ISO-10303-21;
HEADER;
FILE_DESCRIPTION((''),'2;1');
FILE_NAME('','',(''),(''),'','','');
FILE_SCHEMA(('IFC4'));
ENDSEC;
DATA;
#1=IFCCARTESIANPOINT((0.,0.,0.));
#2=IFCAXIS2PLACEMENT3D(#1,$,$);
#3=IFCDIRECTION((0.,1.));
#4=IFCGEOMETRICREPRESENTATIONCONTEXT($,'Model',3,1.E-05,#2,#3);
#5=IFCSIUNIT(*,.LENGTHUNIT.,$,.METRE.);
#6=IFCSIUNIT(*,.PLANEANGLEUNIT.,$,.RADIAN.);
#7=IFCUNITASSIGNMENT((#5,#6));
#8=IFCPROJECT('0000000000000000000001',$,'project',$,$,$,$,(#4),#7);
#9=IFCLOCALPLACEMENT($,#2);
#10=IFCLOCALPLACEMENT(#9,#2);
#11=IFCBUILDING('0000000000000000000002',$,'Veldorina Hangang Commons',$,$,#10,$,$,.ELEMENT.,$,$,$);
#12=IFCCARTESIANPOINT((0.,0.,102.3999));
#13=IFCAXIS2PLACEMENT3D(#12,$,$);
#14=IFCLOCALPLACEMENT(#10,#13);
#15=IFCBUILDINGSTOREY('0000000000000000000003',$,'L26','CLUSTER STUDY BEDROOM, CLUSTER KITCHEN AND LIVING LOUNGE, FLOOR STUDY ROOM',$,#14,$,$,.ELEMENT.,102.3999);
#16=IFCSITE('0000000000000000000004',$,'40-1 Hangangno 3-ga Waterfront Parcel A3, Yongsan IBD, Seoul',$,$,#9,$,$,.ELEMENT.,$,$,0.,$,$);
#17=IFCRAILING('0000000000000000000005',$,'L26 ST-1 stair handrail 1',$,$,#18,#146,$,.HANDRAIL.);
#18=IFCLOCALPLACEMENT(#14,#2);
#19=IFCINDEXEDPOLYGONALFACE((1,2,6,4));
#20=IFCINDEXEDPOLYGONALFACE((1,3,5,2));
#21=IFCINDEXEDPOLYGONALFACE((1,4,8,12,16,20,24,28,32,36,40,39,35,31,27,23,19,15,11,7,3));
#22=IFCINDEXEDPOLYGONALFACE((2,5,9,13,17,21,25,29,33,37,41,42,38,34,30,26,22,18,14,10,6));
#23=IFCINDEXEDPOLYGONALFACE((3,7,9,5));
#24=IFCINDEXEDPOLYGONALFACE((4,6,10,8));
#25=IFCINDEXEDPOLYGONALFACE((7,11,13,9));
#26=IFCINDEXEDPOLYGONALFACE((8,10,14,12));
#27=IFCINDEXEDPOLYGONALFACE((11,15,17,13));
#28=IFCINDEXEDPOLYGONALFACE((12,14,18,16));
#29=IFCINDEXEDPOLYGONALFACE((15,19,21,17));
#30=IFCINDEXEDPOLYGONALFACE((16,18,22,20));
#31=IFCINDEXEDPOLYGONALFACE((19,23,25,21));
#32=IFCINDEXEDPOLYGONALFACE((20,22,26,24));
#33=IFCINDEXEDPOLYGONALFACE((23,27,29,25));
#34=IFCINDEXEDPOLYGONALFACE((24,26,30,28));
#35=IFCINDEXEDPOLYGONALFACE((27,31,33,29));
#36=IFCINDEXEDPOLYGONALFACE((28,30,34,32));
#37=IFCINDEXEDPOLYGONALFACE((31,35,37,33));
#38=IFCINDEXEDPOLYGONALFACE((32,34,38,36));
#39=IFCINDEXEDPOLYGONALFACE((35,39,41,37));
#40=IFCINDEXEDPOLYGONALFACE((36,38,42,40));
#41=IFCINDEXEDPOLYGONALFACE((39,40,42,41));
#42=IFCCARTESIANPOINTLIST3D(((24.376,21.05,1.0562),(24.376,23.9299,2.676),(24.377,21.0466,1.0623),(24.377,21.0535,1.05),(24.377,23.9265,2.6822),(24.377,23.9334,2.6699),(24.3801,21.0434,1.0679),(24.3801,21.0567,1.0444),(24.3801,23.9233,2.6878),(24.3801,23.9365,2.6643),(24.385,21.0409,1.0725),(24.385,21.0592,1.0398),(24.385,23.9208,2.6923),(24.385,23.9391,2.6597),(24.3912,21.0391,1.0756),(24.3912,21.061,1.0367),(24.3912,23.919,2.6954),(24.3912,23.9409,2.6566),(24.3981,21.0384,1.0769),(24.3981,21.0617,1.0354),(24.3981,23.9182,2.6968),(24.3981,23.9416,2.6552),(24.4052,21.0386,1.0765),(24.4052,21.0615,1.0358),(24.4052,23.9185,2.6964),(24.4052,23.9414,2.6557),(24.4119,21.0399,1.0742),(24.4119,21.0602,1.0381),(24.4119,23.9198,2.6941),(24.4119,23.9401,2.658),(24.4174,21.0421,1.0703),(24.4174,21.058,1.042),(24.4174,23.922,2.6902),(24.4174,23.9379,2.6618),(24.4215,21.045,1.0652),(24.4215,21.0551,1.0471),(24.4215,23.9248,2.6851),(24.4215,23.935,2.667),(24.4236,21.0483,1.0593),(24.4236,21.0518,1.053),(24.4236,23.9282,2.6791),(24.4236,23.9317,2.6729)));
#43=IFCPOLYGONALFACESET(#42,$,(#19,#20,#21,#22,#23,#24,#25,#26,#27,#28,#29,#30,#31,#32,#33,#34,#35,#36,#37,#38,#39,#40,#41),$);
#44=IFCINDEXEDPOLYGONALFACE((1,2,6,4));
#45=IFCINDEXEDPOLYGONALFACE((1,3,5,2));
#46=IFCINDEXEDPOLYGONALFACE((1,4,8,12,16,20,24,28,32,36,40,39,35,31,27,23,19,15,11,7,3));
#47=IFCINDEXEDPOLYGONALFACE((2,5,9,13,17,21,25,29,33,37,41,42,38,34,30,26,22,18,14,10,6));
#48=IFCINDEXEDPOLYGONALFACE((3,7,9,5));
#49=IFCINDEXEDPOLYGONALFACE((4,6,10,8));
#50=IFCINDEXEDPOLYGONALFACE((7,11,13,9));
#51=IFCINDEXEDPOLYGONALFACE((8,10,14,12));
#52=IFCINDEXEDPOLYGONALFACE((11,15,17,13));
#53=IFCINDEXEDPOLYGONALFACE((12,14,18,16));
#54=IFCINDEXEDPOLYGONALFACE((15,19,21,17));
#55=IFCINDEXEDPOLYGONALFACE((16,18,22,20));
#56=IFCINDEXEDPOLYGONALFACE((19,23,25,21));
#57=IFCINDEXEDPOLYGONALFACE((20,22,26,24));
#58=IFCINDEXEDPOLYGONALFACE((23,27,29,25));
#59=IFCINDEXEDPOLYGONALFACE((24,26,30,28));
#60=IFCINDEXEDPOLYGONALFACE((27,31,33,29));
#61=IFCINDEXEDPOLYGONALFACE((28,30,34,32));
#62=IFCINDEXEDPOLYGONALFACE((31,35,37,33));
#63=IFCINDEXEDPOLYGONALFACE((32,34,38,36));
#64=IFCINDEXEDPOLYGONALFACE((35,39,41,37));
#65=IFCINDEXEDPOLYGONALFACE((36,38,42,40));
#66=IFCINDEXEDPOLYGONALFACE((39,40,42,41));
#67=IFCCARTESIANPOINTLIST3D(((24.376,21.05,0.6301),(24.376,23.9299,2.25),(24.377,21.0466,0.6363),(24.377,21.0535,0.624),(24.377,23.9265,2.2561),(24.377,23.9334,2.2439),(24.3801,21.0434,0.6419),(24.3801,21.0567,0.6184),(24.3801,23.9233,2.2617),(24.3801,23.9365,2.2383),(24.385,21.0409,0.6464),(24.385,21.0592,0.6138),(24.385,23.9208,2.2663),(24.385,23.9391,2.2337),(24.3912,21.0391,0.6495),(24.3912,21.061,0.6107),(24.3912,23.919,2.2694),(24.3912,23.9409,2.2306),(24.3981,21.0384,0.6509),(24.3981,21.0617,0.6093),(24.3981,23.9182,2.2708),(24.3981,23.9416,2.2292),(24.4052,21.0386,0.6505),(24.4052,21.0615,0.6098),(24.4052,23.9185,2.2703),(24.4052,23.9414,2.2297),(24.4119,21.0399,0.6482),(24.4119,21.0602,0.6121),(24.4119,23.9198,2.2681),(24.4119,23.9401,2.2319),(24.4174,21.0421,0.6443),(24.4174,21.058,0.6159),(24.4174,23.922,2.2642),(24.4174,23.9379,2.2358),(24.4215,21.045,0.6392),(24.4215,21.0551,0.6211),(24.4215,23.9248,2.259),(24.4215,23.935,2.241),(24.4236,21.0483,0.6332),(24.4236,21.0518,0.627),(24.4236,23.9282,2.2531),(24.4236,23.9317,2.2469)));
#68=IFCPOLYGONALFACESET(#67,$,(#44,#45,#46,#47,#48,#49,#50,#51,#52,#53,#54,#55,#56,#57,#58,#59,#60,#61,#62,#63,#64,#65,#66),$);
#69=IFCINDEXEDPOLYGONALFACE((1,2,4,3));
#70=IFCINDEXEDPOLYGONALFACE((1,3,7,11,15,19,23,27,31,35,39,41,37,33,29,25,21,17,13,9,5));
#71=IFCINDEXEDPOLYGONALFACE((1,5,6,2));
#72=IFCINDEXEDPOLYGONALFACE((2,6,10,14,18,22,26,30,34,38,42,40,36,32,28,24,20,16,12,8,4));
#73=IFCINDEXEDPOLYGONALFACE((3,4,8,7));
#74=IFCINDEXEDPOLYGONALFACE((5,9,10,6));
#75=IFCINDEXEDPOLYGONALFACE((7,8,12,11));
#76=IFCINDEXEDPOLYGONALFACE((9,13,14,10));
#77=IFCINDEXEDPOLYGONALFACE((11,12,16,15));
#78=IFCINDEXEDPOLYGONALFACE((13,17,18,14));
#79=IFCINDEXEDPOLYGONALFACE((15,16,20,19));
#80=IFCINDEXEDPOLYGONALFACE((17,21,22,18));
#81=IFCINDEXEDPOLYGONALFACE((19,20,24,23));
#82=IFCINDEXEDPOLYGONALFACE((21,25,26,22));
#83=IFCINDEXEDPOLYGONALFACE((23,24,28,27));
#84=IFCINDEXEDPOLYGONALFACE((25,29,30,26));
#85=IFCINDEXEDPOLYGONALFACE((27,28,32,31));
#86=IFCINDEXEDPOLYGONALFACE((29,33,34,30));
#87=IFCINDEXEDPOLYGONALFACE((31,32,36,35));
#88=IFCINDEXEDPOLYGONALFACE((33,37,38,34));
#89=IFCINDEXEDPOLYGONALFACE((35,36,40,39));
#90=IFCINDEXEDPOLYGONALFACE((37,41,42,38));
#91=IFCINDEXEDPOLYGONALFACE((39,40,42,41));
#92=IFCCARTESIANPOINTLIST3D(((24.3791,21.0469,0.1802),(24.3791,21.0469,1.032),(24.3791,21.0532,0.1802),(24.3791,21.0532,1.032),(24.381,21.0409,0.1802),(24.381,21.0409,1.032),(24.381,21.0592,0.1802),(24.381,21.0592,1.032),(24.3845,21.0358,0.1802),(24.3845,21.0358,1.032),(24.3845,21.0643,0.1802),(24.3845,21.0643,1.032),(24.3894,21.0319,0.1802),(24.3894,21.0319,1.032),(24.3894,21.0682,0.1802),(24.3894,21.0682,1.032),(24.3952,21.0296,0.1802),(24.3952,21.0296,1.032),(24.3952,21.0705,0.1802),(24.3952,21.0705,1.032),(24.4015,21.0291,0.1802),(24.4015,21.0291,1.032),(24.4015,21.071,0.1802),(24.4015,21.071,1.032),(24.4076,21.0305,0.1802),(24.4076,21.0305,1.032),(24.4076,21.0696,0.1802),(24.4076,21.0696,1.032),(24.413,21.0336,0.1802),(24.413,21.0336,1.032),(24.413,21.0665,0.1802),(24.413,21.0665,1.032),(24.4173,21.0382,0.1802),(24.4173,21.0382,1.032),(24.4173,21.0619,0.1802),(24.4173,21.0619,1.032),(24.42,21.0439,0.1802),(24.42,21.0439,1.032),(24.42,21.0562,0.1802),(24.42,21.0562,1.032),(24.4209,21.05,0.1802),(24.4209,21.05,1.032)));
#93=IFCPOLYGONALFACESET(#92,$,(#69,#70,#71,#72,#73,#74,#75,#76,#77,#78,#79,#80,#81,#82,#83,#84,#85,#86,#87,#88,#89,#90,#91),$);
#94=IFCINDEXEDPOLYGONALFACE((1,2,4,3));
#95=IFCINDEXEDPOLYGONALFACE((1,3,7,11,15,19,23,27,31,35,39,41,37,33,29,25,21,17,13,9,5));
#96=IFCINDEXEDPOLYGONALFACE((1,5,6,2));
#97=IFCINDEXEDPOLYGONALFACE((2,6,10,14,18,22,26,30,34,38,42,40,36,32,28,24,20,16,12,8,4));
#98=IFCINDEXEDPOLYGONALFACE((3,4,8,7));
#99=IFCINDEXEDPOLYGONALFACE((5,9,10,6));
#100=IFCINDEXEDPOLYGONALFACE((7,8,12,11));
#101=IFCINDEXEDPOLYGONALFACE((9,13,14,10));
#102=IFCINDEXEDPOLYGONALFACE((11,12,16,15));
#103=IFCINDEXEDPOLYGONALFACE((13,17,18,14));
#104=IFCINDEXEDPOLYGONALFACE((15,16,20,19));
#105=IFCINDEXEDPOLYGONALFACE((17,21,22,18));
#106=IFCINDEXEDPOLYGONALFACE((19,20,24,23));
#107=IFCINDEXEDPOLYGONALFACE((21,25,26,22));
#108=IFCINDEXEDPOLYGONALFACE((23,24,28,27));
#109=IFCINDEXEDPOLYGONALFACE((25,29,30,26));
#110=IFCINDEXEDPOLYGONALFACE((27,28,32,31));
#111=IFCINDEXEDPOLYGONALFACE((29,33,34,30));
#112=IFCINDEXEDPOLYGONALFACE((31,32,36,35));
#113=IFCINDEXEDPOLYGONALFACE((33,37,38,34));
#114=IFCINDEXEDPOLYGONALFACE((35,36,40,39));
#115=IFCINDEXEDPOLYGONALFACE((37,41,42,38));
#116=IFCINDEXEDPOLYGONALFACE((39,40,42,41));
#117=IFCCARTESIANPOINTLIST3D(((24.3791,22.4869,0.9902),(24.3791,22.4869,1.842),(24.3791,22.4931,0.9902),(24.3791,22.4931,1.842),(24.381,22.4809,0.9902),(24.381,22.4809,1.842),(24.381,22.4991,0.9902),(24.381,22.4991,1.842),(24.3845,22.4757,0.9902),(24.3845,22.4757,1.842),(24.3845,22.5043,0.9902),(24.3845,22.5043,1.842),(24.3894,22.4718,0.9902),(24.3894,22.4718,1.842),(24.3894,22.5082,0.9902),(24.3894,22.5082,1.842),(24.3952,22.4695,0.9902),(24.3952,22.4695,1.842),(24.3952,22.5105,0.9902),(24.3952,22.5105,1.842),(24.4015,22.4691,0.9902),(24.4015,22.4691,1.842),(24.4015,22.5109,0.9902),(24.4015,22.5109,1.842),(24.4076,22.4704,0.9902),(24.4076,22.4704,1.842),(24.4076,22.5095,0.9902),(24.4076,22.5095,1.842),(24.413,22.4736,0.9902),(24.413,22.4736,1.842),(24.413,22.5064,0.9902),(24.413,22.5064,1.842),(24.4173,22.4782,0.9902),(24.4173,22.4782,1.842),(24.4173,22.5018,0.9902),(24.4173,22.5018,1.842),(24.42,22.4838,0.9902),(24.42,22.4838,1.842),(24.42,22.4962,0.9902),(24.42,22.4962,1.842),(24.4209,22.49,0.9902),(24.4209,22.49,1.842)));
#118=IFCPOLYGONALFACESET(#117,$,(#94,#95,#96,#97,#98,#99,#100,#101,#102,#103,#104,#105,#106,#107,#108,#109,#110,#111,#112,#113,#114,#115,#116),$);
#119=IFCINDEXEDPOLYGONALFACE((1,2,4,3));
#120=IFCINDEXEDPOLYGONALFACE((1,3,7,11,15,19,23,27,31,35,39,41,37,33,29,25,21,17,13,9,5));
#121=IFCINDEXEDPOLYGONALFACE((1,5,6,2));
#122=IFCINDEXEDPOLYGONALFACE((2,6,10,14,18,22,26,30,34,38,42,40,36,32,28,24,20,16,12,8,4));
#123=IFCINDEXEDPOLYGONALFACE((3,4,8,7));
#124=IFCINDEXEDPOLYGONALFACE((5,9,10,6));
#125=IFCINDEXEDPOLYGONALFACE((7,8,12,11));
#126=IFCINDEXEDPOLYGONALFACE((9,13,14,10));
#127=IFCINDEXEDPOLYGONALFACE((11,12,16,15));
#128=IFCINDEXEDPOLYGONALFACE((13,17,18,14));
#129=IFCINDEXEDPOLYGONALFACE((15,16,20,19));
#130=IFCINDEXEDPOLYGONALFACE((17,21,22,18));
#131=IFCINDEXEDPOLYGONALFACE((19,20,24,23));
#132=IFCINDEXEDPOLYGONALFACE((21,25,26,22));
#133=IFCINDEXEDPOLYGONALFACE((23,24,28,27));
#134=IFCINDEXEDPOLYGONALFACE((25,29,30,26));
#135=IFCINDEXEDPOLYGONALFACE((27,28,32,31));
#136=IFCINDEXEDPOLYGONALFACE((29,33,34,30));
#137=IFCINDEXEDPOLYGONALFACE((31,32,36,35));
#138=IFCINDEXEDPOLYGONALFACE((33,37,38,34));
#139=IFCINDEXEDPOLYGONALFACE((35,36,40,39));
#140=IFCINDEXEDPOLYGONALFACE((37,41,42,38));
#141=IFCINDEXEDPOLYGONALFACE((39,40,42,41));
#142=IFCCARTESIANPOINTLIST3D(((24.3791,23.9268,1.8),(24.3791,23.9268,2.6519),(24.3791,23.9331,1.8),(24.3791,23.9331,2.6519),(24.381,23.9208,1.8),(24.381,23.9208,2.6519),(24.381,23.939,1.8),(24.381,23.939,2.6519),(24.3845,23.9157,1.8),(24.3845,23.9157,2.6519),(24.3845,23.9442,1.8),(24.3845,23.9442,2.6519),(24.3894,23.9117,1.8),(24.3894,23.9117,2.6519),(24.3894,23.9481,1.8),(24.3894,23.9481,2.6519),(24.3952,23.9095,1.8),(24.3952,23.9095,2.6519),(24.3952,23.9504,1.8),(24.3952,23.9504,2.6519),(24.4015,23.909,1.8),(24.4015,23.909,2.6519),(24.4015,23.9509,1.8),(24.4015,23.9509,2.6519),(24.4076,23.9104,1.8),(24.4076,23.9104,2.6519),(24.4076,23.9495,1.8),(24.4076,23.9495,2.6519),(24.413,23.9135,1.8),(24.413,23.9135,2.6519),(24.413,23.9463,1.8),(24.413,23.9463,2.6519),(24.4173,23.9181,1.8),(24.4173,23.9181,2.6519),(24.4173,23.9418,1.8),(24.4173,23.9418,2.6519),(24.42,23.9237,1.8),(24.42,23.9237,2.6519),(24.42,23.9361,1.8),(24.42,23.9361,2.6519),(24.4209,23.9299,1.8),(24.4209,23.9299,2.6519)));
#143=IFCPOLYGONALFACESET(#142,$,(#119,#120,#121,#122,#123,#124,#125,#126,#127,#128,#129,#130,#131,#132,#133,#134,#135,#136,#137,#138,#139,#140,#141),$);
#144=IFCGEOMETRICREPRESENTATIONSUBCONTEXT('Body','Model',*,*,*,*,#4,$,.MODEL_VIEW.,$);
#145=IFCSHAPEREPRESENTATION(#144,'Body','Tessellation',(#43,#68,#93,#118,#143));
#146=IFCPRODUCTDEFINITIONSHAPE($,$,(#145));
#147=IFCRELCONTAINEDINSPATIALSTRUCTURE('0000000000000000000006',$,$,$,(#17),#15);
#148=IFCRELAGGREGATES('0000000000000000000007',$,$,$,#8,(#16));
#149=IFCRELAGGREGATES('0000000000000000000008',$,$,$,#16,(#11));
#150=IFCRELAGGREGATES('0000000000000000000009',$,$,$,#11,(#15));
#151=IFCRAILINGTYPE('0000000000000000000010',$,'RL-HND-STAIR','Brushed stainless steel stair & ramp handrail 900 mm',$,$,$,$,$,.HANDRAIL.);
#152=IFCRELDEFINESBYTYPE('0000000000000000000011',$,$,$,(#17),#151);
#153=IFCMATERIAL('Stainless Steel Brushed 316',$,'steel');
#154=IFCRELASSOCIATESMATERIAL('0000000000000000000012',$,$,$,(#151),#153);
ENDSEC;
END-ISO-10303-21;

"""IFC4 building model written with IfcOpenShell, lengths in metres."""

from ifc_helpers import new_model, si_unit, direction, frame, origin, origin_2d, place, context, subcontext, project, spatial, circle, extrude, material, type_object, element, save


model = new_model("IFC4")

# Units and contexts
model_context = context("Model", 3, precision=1e-05, world=origin(), true_north=direction((0.0, 1.0)))
body_context = subcontext(model_context, "Body", "Model", "MODEL_VIEW")
ifc_project = project(units=[si_unit("LENGTHUNIT", "METRE"), si_unit("PLANEANGLEUNIT", "RADIAN")], contexts=[model_context])

# Site, building, storey
site_placement = place(None, origin())
site = spatial("IfcSite", under=ifc_project, at=site_placement, Name="40-1 Hangangno 3-ga Waterfront Parcel A3, Yongsan IBD, Seoul", CompositionType="ELEMENT", RefElevation=0.0)
building_placement = place(site_placement, origin())
building = spatial("IfcBuilding", under=site, at=building_placement, Name="Veldorina Hangang Commons", CompositionType="ELEMENT")
storey_placement = place(building_placement, frame((0.0, 0.0, 102.3999)))
storey = spatial("IfcBuildingStorey", under=building, at=storey_placement, Name="L26", Description="CLUSTER STUDY BEDROOM, CLUSTER KITCHEN AND LIVING LOUNGE, FLOOR STUDY ROOM", CompositionType="ELEMENT", Elevation=102.3999)

# Railing
ifc_material_1 = material(Name="Stainless Steel Brushed 316", Category="steel")
railing_type_1 = type_object("IfcRailingType", Name="RL-HND-STAIR", Description="Brushed stainless steel stair & ramp handrail 900 mm", PredefinedType="HANDRAIL", material=ifc_material_1)
railing_1_placement = place(storey_placement, frame((24.3999, 21.05, 0.1802)))
element("IfcRailing", 1, at=railing_1_placement, inside=storey, type_object=railing_type_1, Name="L26 ST-1 stair handrail 1", PredefinedType="HANDRAIL", context=body_context, shape_type="SweptSolid", body=[
    extrude(circle(Radius=0.0239, at=origin_2d()), frame((0.0, 0.0, 0.876), z_axis=(0.0, 0.871583, 0.490247), x_axis=(-1.0, 0.0, 0.0)), (0.0, 0.0, 1.0), 3.3042),
    extrude(circle(Radius=0.0239, at=origin_2d()), frame((0.0, 0.0, 0.45), z_axis=(0.0, 0.871583, 0.490247), x_axis=(-1.0, 0.0, 0.0)), (0.0, 0.0, 1.0), 3.3042),
    extrude(circle(Radius=0.021, at=origin_2d()), origin(), (0.0, 0.0, 1.0), 0.8518),
    extrude(circle(Radius=0.021, at=origin_2d()), frame((0.0, 1.4399, 0.8101)), (0.0, 0.0, 1.0), 0.8518),
    extrude(circle(Radius=0.021, at=origin_2d()), frame((0.0, 2.8799, 1.6199)), (0.0, 0.0, 1.0), 0.8518),
])

save(model, "model.ifc")
